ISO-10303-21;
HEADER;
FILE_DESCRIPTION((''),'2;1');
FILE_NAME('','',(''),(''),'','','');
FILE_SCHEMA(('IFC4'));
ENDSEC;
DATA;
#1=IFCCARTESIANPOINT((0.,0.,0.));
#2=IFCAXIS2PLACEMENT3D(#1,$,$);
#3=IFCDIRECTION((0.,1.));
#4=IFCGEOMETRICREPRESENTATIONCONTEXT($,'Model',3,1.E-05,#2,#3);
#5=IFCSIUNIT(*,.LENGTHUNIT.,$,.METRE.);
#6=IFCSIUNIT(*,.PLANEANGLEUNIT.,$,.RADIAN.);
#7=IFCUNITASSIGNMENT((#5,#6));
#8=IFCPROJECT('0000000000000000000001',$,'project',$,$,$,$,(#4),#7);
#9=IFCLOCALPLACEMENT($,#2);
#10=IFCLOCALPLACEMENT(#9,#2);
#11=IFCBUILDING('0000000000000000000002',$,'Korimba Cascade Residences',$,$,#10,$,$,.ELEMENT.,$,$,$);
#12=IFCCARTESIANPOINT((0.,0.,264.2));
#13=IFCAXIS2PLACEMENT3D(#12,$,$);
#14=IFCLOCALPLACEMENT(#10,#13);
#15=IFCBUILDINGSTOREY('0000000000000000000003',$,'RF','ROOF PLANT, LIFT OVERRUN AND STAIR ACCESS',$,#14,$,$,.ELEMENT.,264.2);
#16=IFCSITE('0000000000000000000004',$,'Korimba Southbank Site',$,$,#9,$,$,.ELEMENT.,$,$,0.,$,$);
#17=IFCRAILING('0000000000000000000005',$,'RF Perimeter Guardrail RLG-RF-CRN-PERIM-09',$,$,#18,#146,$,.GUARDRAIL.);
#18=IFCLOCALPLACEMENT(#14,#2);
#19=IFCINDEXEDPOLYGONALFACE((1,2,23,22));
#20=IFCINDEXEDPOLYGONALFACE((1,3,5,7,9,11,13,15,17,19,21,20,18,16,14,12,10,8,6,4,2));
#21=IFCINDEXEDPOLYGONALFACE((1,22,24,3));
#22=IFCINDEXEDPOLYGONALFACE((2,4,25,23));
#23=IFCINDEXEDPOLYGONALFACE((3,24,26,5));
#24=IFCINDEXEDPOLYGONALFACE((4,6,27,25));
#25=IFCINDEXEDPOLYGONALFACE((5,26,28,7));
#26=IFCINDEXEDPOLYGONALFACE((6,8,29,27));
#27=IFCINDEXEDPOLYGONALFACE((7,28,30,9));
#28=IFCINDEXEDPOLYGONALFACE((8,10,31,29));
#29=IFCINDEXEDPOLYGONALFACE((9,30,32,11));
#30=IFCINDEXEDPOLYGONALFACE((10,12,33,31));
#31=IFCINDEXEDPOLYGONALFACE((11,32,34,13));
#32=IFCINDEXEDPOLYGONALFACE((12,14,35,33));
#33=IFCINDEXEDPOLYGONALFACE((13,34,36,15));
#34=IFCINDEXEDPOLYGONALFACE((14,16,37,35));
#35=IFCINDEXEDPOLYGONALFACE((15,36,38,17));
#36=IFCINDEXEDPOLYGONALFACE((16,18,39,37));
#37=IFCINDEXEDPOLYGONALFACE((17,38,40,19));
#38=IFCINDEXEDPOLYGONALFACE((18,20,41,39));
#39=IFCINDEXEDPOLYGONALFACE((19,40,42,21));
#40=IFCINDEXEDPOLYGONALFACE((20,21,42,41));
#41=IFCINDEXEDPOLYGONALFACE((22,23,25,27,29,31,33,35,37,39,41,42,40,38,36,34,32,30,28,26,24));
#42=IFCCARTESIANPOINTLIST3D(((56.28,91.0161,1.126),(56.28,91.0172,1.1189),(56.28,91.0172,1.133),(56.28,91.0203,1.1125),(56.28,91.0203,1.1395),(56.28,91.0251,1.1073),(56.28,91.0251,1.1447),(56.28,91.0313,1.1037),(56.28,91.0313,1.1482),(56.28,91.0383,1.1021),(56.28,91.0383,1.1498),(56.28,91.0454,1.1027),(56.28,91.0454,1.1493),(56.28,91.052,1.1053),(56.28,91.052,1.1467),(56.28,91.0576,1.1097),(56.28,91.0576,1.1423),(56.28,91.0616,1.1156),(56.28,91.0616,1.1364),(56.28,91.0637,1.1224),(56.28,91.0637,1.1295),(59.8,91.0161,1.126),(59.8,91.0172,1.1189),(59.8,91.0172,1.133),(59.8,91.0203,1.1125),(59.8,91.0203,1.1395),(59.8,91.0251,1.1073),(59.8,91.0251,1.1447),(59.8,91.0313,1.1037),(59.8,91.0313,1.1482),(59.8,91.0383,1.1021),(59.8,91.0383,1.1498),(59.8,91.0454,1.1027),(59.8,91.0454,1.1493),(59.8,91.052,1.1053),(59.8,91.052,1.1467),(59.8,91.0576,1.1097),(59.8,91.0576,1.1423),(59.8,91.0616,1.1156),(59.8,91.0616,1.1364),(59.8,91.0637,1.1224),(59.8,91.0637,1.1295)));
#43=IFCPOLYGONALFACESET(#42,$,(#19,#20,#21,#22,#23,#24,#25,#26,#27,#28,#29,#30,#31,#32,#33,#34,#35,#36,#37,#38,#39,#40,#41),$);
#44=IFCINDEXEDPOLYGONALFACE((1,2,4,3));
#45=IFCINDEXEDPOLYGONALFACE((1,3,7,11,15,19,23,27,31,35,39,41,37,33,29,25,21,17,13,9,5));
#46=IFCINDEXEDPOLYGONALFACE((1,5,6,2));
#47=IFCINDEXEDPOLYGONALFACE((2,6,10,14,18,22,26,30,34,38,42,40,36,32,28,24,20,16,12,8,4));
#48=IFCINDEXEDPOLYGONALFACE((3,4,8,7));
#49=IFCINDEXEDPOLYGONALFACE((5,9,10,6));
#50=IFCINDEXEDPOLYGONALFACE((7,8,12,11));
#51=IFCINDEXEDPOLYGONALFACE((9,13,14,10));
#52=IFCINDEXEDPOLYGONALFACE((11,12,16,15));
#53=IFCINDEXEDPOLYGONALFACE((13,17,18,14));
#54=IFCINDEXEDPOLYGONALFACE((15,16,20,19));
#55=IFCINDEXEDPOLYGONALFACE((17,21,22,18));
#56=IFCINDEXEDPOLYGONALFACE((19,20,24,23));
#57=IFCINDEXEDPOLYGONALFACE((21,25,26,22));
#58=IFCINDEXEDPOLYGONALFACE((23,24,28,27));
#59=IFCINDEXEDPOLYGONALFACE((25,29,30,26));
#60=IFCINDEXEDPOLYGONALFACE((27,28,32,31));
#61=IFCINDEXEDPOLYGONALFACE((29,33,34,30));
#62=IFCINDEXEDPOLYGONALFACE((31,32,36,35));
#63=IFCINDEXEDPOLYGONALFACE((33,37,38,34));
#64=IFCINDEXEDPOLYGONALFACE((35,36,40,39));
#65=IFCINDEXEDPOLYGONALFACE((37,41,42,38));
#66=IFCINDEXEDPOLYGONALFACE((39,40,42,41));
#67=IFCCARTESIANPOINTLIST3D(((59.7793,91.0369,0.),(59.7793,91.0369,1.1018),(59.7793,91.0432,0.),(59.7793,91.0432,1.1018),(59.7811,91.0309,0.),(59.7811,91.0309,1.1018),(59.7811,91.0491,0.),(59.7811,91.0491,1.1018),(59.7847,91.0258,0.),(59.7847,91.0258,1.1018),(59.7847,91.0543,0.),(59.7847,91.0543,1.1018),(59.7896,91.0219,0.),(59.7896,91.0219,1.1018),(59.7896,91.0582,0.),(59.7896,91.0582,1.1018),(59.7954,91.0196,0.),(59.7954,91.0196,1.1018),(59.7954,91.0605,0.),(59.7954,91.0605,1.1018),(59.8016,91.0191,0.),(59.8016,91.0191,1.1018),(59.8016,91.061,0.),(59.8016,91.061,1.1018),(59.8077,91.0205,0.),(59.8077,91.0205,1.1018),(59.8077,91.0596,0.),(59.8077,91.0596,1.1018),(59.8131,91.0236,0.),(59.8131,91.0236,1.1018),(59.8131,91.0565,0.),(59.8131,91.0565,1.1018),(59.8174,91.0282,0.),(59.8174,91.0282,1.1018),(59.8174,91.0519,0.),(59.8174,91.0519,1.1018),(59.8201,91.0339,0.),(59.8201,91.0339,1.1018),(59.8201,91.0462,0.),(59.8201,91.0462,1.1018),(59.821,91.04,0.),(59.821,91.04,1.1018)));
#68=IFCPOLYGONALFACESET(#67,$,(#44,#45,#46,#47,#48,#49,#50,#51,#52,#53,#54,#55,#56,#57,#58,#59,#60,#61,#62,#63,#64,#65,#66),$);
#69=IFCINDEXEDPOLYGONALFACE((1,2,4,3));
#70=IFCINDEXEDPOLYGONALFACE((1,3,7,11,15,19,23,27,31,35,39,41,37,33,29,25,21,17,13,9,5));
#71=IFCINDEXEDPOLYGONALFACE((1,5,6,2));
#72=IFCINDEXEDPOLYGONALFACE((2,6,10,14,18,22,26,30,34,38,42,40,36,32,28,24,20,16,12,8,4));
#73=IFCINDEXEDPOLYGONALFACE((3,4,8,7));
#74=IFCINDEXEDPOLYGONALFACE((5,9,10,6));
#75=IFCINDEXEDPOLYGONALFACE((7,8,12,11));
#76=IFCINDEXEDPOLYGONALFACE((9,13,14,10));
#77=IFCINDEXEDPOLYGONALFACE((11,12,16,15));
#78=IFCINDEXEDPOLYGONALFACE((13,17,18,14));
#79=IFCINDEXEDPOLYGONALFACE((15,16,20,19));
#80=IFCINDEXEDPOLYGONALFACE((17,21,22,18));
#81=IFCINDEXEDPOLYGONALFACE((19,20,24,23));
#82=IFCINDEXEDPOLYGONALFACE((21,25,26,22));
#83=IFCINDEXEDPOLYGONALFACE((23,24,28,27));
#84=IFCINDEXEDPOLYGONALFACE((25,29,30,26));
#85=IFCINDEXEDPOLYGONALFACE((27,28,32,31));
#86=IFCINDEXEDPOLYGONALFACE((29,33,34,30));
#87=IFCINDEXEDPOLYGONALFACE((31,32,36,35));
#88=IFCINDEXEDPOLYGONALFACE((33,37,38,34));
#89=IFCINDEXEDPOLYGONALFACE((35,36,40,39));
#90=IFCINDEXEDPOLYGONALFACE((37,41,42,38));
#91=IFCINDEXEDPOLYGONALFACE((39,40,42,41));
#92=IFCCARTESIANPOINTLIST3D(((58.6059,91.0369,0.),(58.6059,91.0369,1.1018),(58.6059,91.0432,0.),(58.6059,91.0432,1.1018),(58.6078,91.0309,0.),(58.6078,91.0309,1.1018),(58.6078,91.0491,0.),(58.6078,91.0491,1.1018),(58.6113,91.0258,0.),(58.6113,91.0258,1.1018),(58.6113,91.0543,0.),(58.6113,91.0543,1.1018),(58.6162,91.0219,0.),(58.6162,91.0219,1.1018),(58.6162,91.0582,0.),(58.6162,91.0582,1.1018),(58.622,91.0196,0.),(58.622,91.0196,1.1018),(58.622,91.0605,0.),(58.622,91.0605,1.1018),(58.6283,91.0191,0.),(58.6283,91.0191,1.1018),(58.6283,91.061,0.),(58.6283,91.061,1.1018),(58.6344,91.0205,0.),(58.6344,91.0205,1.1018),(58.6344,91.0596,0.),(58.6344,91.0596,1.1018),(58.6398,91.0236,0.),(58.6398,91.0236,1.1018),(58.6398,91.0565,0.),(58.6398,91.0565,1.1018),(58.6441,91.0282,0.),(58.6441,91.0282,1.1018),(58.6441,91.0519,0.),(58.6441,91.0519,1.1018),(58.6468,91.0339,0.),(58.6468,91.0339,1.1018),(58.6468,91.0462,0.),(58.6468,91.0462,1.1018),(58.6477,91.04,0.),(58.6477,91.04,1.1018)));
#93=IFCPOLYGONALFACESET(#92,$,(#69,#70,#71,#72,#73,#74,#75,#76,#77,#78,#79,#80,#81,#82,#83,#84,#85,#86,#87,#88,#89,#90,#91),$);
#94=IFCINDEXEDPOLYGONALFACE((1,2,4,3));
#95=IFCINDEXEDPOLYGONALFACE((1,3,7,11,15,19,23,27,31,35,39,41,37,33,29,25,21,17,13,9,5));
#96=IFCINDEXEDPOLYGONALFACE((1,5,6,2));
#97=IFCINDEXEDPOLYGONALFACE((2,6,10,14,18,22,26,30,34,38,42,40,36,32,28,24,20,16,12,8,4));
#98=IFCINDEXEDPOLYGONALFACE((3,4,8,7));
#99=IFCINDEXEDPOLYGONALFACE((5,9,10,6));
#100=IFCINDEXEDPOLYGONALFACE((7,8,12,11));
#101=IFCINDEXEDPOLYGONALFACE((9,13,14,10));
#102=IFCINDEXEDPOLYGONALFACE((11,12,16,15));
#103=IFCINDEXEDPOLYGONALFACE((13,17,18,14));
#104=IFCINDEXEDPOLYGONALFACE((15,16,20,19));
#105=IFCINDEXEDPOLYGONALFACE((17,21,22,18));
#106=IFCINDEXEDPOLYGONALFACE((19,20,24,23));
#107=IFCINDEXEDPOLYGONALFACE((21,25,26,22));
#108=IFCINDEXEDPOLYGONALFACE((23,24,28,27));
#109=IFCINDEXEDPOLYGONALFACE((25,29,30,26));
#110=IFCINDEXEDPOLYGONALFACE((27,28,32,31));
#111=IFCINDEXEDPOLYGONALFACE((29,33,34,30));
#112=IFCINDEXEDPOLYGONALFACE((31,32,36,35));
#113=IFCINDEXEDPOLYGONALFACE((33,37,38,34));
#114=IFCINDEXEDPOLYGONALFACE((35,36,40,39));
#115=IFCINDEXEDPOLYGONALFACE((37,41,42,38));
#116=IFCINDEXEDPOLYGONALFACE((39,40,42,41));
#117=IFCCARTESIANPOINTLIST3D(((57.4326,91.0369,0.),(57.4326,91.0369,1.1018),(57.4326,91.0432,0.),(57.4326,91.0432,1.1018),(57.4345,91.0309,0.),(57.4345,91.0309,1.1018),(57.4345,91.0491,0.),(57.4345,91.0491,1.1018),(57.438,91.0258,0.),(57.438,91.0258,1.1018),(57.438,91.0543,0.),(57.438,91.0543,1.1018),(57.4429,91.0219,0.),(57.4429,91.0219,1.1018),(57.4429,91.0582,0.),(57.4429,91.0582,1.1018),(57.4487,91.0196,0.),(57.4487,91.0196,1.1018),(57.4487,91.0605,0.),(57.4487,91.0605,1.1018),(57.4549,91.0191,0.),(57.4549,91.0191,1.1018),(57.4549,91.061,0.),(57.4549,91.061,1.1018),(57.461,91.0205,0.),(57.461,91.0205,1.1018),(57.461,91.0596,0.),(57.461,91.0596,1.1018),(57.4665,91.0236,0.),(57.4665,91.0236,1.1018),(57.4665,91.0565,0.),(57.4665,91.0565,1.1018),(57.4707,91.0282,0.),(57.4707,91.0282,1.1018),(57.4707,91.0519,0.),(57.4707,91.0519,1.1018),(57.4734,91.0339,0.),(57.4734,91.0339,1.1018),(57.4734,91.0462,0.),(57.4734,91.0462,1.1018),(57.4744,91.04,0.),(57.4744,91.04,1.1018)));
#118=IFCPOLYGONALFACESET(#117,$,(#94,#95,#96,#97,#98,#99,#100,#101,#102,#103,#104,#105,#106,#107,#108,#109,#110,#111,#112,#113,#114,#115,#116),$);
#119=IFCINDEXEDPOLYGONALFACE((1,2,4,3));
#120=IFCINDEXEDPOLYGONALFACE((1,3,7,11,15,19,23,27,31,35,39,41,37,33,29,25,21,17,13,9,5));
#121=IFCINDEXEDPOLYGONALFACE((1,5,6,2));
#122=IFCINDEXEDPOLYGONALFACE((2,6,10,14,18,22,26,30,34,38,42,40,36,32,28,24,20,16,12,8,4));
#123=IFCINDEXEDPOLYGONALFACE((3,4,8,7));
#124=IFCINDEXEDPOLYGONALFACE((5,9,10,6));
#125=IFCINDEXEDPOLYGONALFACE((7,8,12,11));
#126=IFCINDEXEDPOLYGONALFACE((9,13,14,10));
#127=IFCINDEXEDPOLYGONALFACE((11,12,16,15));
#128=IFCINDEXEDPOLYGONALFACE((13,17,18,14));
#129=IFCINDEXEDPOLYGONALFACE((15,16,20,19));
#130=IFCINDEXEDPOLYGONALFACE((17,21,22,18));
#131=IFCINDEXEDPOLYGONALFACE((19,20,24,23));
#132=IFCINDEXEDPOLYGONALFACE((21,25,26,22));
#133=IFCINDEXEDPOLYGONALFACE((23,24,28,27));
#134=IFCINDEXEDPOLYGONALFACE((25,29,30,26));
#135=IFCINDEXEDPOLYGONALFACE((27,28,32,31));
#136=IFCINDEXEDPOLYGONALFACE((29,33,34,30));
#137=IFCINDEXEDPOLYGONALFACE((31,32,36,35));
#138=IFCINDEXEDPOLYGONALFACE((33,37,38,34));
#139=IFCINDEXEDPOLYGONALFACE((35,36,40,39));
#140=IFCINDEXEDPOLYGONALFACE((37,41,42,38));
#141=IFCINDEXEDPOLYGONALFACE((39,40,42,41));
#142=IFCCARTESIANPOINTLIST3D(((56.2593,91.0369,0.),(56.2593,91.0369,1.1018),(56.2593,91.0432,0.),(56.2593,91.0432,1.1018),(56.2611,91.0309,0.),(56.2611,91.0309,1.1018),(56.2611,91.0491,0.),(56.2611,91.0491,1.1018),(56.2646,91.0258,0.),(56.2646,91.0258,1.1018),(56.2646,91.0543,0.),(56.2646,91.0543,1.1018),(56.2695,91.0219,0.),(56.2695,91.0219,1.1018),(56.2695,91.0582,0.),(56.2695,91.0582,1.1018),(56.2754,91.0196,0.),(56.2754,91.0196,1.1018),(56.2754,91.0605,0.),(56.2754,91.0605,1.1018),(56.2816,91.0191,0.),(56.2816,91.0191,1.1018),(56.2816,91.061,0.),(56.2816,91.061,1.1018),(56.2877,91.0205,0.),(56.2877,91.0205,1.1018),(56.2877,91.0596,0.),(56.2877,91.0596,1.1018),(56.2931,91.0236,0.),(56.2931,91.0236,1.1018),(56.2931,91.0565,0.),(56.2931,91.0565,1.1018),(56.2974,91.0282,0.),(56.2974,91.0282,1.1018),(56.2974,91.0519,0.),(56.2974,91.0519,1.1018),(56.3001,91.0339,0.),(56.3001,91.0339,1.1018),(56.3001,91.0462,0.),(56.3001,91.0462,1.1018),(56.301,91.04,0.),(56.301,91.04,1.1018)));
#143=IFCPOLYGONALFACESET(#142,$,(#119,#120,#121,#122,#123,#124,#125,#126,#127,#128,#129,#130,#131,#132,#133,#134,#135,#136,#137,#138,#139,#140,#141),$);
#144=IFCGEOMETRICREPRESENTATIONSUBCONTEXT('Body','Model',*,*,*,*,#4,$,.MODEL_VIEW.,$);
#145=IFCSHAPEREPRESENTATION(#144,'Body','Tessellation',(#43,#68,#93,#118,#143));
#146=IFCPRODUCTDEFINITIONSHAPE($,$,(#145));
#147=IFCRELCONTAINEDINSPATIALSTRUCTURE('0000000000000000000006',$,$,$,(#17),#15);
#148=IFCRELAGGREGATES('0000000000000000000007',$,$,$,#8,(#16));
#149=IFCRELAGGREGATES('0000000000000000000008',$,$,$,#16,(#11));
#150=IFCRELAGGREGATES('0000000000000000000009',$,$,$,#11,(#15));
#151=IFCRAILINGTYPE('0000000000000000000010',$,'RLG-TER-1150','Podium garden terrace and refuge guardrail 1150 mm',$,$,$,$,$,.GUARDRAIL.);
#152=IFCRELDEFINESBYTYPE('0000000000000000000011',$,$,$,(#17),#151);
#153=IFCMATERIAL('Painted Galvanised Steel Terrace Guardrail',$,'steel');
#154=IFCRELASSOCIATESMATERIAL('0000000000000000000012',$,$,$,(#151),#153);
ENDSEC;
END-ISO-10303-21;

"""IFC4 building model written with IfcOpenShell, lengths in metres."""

from ifc_helpers import new_model, si_unit, direction, frame, origin, origin_2d, place, context, subcontext, project, spatial, circle, extrude, material, type_object, element, save


model = new_model("IFC4")

# Units and contexts
model_context = context("Model", 3, precision=1e-05, world=origin(), true_north=direction((0.0, 1.0)))
body_context = subcontext(model_context, "Body", "Model", "MODEL_VIEW")
ifc_project = project(units=[si_unit("LENGTHUNIT", "METRE"), si_unit("PLANEANGLEUNIT", "RADIAN")], contexts=[model_context])

# Site, building, storey
site_placement = place(None, origin())
site = spatial("IfcSite", under=ifc_project, at=site_placement, Name="Korimba Southbank Site", CompositionType="ELEMENT", RefElevation=0.0)
building_placement = place(site_placement, origin())
building = spatial("IfcBuilding", under=site, at=building_placement, Name="Korimba Cascade Residences", CompositionType="ELEMENT")
storey_placement = place(building_placement, frame((0.0, 0.0, 264.2)))
storey = spatial("IfcBuildingStorey", under=building, at=storey_placement, Name="RF", Description="ROOF PLANT, LIFT OVERRUN AND STAIR ACCESS", CompositionType="ELEMENT", Elevation=264.2)

# Railing
ifc_material_1 = material(Name="Painted Galvanised Steel Terrace Guardrail", Category="steel")
railing_type = type_object("IfcRailingType", Name="RLG-TER-1150", Description="Podium garden terrace and refuge guardrail 1150 mm", PredefinedType="GUARDRAIL", material=ifc_material_1)
railing_1_placement = place(storey_placement, frame((59.8, 91.04, 0.0)))
element("IfcRailing", 1, at=railing_1_placement, inside=storey, type_object=railing_type, Name="RF Perimeter Guardrail RLG-RF-CRN-PERIM-09", PredefinedType="GUARDRAIL", context=body_context, shape_type="SweptSolid", body=[
    extrude(circle(Radius=0.0239, at=origin_2d()), frame((0.0, 0.0, 1.126), z_axis=(-1.0, 0.0, 0.0), x_axis=(0.0, -1.0, 0.0)), (0.0, 0.0, 1.0), 3.52),
    extrude(circle(Radius=0.021, at=origin_2d()), origin(), (0.0, 0.0, 1.0), 1.1018),
    extrude(circle(Radius=0.021, at=origin_2d()), frame((-1.1733, 0.0, 0.0)), (0.0, 0.0, 1.0), 1.1018),
    extrude(circle(Radius=0.021, at=origin_2d()), frame((-2.3467, 0.0, 0.0)), (0.0, 0.0, 1.0), 1.1018),
    extrude(circle(Radius=0.021, at=origin_2d()), frame((-3.52, 0.0, 0.0)), (0.0, 0.0, 1.0), 1.1018),
])

save(model, "model.ifc")
